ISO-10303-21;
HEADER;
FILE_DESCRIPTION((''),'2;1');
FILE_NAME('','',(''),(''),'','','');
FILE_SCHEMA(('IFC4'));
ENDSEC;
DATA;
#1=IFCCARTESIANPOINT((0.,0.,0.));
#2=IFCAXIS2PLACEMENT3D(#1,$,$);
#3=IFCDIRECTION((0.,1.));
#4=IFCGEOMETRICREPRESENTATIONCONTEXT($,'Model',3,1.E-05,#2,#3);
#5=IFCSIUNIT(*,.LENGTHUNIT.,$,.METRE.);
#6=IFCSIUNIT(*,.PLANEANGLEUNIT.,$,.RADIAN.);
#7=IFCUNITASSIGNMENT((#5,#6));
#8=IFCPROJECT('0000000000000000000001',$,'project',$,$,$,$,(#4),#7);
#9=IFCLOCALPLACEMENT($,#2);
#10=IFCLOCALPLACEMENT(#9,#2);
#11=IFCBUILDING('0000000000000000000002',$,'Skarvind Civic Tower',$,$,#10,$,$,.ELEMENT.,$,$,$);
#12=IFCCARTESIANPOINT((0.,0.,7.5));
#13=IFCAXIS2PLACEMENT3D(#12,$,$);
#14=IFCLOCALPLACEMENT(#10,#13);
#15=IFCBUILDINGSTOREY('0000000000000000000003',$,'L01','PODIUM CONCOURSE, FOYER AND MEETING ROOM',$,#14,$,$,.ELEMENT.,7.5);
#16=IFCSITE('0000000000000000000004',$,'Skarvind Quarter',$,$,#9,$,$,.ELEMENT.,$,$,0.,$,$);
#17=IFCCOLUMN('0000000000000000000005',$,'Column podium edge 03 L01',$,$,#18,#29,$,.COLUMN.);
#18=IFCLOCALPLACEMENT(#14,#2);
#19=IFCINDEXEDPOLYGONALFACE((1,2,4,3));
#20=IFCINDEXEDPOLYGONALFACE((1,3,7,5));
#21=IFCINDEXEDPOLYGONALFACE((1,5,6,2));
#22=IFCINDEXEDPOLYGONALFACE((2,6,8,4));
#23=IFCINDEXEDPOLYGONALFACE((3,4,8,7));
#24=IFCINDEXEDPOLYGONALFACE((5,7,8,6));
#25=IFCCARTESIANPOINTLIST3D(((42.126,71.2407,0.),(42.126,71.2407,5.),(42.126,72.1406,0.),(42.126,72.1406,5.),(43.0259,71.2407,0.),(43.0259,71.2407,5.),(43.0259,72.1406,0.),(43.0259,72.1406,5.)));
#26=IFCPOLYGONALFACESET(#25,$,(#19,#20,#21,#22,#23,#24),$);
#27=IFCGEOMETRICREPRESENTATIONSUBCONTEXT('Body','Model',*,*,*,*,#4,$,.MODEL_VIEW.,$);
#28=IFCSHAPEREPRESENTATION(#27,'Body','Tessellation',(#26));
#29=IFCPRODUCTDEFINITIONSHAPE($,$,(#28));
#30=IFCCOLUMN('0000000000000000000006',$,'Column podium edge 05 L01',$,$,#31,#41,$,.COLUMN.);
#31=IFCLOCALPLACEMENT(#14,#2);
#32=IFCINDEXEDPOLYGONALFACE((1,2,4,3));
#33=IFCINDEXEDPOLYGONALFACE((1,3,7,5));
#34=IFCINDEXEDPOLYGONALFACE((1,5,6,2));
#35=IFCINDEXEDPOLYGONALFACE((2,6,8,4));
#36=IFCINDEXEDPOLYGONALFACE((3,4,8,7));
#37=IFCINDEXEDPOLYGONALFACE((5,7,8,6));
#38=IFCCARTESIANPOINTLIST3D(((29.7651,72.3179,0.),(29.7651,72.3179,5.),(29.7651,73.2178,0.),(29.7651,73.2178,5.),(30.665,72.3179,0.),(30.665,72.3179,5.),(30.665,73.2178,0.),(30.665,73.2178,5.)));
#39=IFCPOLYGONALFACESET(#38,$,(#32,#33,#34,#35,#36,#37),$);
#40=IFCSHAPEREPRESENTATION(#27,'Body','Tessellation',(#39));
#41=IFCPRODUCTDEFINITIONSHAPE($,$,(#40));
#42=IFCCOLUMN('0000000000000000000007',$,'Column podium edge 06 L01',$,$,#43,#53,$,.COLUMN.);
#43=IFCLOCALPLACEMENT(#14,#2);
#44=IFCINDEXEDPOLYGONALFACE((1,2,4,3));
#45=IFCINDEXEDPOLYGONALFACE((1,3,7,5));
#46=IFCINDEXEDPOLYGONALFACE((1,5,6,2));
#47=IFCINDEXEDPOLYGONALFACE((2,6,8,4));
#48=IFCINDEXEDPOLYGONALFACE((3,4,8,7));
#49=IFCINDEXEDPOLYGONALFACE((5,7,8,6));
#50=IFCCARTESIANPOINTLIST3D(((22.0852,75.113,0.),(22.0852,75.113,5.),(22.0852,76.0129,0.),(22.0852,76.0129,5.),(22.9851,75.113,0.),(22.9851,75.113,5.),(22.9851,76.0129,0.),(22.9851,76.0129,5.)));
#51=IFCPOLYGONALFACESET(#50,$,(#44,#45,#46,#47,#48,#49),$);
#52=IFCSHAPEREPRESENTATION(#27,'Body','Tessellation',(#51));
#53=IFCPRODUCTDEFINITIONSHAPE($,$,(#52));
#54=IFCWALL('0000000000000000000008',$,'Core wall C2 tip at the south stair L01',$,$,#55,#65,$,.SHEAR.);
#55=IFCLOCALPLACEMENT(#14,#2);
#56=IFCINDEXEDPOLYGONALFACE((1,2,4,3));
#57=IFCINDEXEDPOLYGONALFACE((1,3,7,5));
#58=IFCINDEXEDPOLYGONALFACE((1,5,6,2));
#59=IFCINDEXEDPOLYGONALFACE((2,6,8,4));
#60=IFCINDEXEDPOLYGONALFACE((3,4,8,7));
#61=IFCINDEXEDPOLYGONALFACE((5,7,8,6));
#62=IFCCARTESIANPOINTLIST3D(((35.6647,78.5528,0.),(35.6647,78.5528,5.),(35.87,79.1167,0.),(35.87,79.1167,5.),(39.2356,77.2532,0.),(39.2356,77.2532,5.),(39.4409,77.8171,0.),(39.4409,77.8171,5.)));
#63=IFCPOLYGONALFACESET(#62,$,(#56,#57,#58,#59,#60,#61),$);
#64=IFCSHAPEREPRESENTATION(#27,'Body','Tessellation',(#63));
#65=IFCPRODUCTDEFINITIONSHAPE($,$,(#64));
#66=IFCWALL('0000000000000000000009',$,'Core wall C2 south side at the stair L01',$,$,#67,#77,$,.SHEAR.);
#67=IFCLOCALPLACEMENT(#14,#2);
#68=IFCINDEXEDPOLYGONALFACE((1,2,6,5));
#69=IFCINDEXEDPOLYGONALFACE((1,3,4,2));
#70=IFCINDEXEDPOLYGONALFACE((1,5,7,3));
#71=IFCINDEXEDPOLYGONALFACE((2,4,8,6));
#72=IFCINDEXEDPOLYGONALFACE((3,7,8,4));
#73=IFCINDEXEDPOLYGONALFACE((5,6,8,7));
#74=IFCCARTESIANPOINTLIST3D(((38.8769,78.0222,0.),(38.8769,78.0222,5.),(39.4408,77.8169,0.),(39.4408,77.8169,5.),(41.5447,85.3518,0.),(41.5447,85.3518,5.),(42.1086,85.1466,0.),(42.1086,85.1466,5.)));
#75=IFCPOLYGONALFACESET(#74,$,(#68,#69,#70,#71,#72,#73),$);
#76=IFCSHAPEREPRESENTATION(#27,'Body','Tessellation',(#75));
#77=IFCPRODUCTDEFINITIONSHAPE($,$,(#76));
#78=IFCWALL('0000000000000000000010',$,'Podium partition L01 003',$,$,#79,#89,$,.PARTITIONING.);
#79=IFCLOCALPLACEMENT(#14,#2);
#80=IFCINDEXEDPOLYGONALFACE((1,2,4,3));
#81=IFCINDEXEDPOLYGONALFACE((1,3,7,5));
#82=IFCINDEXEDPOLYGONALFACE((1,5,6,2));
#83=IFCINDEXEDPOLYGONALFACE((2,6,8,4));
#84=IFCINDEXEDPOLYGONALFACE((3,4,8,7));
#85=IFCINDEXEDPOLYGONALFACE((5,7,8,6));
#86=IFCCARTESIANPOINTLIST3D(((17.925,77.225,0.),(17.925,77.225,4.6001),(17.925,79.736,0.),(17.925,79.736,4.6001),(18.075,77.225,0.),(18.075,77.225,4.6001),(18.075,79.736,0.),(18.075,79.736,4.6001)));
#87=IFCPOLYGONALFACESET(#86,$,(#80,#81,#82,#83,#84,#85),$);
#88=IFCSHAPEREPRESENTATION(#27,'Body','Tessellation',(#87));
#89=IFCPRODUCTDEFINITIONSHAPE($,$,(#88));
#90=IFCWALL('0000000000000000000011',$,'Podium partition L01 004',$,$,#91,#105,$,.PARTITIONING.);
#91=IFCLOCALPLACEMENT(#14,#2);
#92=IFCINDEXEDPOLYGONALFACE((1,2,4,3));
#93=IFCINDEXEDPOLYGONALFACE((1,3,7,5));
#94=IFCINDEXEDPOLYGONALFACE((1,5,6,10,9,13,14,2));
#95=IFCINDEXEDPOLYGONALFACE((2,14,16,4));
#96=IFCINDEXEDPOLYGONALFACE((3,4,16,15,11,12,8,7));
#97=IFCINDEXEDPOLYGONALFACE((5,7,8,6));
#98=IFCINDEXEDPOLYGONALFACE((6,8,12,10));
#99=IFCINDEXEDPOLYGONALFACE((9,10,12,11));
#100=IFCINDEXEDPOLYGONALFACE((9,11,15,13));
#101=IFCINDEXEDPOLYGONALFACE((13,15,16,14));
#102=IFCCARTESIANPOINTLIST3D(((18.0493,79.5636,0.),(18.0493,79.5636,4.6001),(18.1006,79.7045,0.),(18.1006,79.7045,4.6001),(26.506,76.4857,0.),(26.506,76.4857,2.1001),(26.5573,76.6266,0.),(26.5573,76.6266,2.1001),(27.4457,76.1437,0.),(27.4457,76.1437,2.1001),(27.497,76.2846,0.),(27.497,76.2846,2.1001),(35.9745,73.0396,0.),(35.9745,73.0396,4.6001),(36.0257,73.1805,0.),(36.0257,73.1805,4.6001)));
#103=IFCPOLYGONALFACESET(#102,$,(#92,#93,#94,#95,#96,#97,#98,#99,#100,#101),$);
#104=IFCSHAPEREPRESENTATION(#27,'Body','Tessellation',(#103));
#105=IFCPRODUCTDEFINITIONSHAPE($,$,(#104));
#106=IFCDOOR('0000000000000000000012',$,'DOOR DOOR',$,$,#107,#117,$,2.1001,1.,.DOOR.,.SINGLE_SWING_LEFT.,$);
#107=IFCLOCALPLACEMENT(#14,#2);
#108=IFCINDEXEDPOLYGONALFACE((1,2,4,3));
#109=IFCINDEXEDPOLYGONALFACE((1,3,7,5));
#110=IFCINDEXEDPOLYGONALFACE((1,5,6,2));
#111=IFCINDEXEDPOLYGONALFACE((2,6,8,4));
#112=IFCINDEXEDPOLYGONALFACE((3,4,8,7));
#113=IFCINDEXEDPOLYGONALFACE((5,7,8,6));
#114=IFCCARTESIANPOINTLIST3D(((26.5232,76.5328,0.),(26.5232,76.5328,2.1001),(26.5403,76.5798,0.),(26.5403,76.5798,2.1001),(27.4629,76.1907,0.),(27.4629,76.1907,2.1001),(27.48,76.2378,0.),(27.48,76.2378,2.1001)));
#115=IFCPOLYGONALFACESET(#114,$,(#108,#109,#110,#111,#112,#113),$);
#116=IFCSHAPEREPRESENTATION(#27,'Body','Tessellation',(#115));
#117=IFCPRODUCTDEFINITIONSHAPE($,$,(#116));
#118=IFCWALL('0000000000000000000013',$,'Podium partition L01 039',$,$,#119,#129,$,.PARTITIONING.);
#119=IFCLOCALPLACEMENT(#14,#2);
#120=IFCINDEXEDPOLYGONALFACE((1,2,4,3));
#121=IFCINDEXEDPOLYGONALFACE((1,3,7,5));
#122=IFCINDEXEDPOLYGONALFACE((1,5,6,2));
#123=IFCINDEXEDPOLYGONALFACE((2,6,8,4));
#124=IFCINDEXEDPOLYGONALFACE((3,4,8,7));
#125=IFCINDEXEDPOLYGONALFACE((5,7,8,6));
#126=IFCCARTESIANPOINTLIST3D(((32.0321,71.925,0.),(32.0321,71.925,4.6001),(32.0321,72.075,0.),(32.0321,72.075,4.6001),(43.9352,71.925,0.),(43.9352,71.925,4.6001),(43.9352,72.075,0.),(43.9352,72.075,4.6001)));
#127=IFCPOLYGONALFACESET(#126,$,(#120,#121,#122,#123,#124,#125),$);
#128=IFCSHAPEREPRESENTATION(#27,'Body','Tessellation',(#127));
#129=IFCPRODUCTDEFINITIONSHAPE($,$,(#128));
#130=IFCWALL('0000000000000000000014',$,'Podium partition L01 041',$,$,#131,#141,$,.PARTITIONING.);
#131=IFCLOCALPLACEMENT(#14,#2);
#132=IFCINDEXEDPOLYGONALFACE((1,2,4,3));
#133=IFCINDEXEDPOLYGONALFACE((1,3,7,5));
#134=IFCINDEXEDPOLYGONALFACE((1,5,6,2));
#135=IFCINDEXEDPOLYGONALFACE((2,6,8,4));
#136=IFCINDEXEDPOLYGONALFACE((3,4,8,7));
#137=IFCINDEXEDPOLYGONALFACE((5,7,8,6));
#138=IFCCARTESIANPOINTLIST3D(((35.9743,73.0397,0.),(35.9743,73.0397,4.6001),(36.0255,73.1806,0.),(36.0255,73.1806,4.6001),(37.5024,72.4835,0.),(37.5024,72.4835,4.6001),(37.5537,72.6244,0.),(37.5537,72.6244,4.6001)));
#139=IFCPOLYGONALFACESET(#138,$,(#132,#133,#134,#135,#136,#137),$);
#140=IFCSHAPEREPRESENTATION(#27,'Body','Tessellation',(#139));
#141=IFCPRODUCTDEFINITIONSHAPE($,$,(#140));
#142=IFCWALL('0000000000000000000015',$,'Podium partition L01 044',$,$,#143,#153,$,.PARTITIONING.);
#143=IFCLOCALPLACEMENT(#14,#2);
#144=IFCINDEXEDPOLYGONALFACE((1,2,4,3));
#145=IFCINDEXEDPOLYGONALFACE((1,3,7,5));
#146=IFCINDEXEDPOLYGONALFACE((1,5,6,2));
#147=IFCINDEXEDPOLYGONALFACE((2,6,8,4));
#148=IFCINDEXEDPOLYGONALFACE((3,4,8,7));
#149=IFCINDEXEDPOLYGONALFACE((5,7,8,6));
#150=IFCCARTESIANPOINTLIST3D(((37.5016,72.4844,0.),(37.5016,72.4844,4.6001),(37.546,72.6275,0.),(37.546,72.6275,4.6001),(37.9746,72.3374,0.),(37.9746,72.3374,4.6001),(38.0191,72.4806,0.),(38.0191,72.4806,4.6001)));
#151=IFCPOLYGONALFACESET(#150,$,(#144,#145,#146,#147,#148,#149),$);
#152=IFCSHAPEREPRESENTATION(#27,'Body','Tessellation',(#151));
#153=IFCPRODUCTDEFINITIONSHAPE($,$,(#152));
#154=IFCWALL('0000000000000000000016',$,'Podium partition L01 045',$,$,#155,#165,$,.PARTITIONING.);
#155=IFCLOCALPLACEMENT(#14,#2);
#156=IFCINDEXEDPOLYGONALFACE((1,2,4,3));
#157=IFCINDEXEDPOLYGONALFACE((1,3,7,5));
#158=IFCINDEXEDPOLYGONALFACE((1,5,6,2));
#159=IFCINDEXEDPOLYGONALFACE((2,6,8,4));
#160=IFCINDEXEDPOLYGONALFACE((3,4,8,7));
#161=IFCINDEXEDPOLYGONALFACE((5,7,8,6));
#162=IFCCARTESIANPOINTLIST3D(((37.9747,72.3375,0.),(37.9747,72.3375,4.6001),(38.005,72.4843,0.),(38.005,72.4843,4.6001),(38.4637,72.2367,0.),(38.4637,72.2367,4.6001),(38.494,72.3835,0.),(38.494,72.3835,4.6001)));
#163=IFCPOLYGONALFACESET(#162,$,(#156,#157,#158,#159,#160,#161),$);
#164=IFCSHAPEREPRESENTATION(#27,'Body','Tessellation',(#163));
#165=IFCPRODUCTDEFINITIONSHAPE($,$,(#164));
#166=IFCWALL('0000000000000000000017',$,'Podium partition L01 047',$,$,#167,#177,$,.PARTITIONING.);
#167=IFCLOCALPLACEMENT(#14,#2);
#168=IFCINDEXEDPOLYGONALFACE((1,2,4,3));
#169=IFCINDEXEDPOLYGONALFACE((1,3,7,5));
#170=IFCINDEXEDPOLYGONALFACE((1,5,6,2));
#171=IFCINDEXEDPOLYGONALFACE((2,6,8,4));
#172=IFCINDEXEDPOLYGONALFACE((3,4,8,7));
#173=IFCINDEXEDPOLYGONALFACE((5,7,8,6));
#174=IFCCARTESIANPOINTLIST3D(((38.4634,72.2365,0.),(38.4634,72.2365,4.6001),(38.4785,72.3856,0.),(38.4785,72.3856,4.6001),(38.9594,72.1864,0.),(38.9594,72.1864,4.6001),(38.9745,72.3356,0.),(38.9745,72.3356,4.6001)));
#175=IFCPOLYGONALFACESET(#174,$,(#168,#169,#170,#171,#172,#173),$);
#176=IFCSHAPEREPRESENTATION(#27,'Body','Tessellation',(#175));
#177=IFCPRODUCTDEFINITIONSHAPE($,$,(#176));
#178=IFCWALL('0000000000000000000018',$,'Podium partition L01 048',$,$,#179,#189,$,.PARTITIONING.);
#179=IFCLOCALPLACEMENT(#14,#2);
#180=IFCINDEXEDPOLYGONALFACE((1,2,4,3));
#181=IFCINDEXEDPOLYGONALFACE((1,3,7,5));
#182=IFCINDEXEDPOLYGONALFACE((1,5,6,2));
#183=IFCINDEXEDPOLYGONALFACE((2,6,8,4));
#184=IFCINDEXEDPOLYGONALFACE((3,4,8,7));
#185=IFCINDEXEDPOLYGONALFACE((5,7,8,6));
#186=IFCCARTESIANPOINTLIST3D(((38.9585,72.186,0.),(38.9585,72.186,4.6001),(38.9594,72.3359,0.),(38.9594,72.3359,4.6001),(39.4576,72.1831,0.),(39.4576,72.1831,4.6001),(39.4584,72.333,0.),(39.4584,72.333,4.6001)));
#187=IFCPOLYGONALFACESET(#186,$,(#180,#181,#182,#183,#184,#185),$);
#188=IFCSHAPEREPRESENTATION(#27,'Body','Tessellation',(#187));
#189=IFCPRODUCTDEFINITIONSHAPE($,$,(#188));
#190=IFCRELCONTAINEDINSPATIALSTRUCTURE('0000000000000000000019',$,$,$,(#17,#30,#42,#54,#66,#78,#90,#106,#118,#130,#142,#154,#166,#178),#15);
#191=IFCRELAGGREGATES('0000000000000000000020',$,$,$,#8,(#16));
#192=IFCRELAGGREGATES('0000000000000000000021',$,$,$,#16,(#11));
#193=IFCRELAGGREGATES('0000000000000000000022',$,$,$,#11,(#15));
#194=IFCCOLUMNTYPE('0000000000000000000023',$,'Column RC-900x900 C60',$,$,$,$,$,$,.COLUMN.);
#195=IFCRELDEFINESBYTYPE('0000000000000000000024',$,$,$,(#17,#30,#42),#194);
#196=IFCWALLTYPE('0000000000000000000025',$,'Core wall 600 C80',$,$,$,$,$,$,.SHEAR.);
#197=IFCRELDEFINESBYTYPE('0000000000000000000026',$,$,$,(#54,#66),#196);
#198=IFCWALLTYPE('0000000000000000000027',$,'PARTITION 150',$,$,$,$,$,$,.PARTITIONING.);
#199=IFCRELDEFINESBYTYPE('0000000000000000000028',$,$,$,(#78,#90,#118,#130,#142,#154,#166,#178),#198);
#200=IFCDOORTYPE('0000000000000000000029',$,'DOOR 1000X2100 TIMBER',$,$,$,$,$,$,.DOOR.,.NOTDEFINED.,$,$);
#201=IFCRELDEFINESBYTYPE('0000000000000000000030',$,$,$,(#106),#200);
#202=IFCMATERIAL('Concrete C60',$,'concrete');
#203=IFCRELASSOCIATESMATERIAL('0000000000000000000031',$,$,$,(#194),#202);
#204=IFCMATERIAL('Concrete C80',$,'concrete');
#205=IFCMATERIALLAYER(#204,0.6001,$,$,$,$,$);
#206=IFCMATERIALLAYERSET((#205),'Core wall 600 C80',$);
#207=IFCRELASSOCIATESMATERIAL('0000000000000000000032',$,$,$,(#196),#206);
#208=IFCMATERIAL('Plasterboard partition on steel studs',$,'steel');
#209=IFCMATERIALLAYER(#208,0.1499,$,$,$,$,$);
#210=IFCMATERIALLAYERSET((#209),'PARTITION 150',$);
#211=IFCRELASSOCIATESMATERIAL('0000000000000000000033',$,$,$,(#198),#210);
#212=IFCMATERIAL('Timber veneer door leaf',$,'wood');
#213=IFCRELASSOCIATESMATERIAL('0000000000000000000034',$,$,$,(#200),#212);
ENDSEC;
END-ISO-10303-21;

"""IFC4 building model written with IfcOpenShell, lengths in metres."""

from ifc_helpers import new_model, si_unit, direction, frame, frame_2d, origin, origin_2d, place, context, subcontext, project, spatial, rectangle, extrude, material, layer, layer_set, material_profile, profile_set, type_object, element, fill, save


model = new_model("IFC4")

# Units and contexts
model_context = context("Model", 3, precision=1e-05, world=origin(), true_north=direction((0.0, 1.0)))
body_context = subcontext(model_context, "Body", "Model", "MODEL_VIEW")
ifc_project = project(units=[si_unit("LENGTHUNIT", "METRE"), si_unit("PLANEANGLEUNIT", "RADIAN")], contexts=[model_context])

# Site, building, storey
site_placement = place(None, origin())
site = spatial("IfcSite", under=ifc_project, at=site_placement, Name="Skarvind Quarter", CompositionType="ELEMENT", RefElevation=0.0)
building_placement = place(site_placement, origin())
building = spatial("IfcBuilding", under=site, at=building_placement, Name="Skarvind Civic Tower", CompositionType="ELEMENT")
storey_placement = place(building_placement, frame((0.0, 0.0, 7.5)))
storey = spatial("IfcBuildingStorey", under=building, at=storey_placement, Name="L01", Description="PODIUM CONCOURSE, FOYER AND MEETING ROOM", CompositionType="ELEMENT", Elevation=7.5)

# Columns
ifc_material_1 = material(Name="Concrete C60", Category="concrete")
ifc_material_profile = material_profile(ifc_material_1, rectangle(XDim=0.8999, YDim=0.8999, at=origin_2d()), Name="RC-900x900")
ifc_profile_set = profile_set([ifc_material_profile], Name="Concrete C60")
column_type = type_object("IfcColumnType", Name="Column RC-900x900 C60", PredefinedType="COLUMN", material=ifc_profile_set)
for number, where, z_axis, x_axis, name in (
    (1, (42.5759, 71.6907, 0.0), (0.0, 0.0, 1.0), (1.0, 0.0, 0.0), "Column podium edge 03 L01"),
    (2, (30.2151, 72.7678, 0.0), (0.0, 0.0, 1.0), (1.0, 0.0, 0.0), "Column podium edge 05 L01"),
    (3, (22.5352, 75.563, 0.0), (0.0, 0.0, 1.0), (1.0, 0.0, 0.0), "Column podium edge 06 L01"),
):
    element("IfcColumn", number, at=place(storey_placement, frame(where, z_axis=z_axis, x_axis=x_axis)), inside=storey, type_object=column_type, Name=name, PredefinedType="COLUMN", context=body_context, shape_type="SweptSolid", body=[
        extrude(rectangle(XDim=0.8999, YDim=0.8999, at=origin_2d()), origin(), (0.0, 0.0, 1.0), 5.0),
    ])

# Walls
ifc_material_2 = material(Name="Concrete C80", Category="concrete")
ifc_layer_1 = layer(ifc_material_2, 0.6001)
ifc_layer_set_1 = layer_set([ifc_layer_1], Name="Core wall 600 C80")
wall_type_1 = type_object("IfcWallType", Name="Core wall 600 C80", PredefinedType="SHEAR", material=ifc_layer_set_1)
wall_1_placement = place(storey_placement, frame((39.3381, 77.5352, 0.0), z_axis=(0.0, 0.0, 1.0), x_axis=(-0.939701, 0.341996, 0.0)))
element("IfcWall", 4, at=wall_1_placement, inside=storey, type_object=wall_type_1, Name="Core wall C2 tip at the south stair L01", PredefinedType="SHEAR", context=body_context, shape_type="SweptSolid", body=[
    extrude(rectangle(XDim=3.8, YDim=0.6001, at=frame_2d((1.8999, 0.0))), origin(), (0.0, 0.0, 1.0), 5.0),
])
wall_2_placement = place(storey_placement, frame((39.1589, 77.9197, 0.0), z_axis=(0.0, 0.0, 1.0), x_axis=(0.342017, 0.939694, 0.0)))
element("IfcWall", 5, at=wall_2_placement, inside=storey, type_object=wall_type_1, Name="Core wall C2 south side at the stair L01", PredefinedType="SHEAR", context=body_context, shape_type="SweptSolid", body=[
    extrude(rectangle(XDim=7.8, YDim=0.6001, at=frame_2d((3.8999, 0.0))), origin(), (0.0, 0.0, 1.0), 5.0),
])
ifc_material_3 = material(Name="Plasterboard partition on steel studs", Category="steel")
ifc_layer_2 = layer(ifc_material_3, 0.1499)
ifc_layer_set_2 = layer_set([ifc_layer_2], Name="PARTITION 150")
wall_type_2 = type_object("IfcWallType", Name="PARTITION 150", PredefinedType="PARTITIONING", material=ifc_layer_set_2)
wall_3_placement = place(storey_placement, frame((18.0, 77.2251, 0.0), z_axis=(0.0, 0.0, 1.0), x_axis=(0.0, 1.0, 0.0)))
element("IfcWall", 6, at=wall_3_placement, inside=storey, type_object=wall_type_2, Name="Podium partition L01 003", PredefinedType="PARTITIONING", context=body_context, shape_type="SweptSolid", body=[
    extrude(rectangle(XDim=2.511, YDim=0.1499, at=frame_2d((1.2554, 0.0))), origin(), (0.0, 0.0, 1.0), 4.6001),
])

# Wall, opening, door
wall_4_placement = place(storey_placement, frame((36.0, 73.1101, 0.0), z_axis=(0.0, 0.0, 1.0), x_axis=(-0.939697, 0.342008, 0.0)))
wall_4 = element("IfcWall", 7, at=wall_4_placement, inside=storey, type_object=wall_type_2, Name="Podium partition L01 004", PredefinedType="PARTITIONING", context=body_context, shape_type="SweptSolid", body=[
    extrude(rectangle(XDim=19.0754, YDim=0.1499, at=frame_2d((9.5376, 0.0))), origin(), (0.0, 0.0, 1.0), 4.6001),
])
opening_1_placement = place(wall_4_placement, frame((9.0759, 0.0, 0.0)))
opening_1 = element("IfcOpeningElement", 8, at=opening_1_placement, cuts=wall_4, PredefinedType="OPENING", context=body_context, shape_type="SweptSolid", body=[
    extrude(rectangle(XDim=1.0, YDim=2.1001, at=frame_2d((0.5, 1.05))), frame((0.0, 0.085, 0.0), z_axis=(0.0, -1.0, 0.0), x_axis=(1.0, 0.0, 0.0)), (0.0, 0.0, 1.0), 0.1699),
])
ifc_material_4 = material(Name="Timber veneer door leaf", Category="wood")
door_type = type_object("IfcDoorType", Name="DOOR 1000X2100 TIMBER", OperationType="NOTDEFINED", PredefinedType="DOOR", material=ifc_material_4)
door_placement = place(opening_1_placement, origin())
door = element("IfcDoor", 9, at=door_placement, inside=storey, type_object=door_type, Name="DOOR DOOR", OperationType="SINGLE_SWING_LEFT", OverallHeight=2.1001, OverallWidth=1.0, PredefinedType="DOOR", context=body_context, shape_type="SweptSolid", body=[
    extrude(rectangle(XDim=1.0, YDim=2.1001, at=frame_2d((0.5, 1.05))), frame((0.0, 0.0249, 0.0), z_axis=(0.0, -1.0, 0.0), x_axis=(1.0, 0.0, 0.0)), (0.0, 0.0, 1.0), 0.05),
])
fill(opening_1, door)

# Walls
wall_5_placement = place(storey_placement, frame((32.032, 72.0, 0.0), z_axis=(0.0, 0.0, 1.0), x_axis=(1.0, 0.0, 0.0)))
element("IfcWall", 10, at=wall_5_placement, inside=storey, type_object=wall_type_2, Name="Podium partition L01 039", PredefinedType="PARTITIONING", context=body_context, shape_type="SweptSolid", body=[
    extrude(rectangle(XDim=11.9031, YDim=0.1499, at=frame_2d((5.9517, 0.0))), origin(), (0.0, 0.0, 1.0), 4.6001),
])
wall_6_placement = place(storey_placement, frame((36.0, 73.1101, 0.0), z_axis=(0.0, 0.0, 1.0), x_axis=(0.939697, -0.342008, 0.0)))
element("IfcWall", 11, at=wall_6_placement, inside=storey, type_object=wall_type_2, Name="Podium partition L01 041", PredefinedType="PARTITIONING", context=body_context, shape_type="SweptSolid", body=[
    extrude(rectangle(XDim=1.6262, YDim=0.1499, at=frame_2d((0.813, 0.0))), origin(), (0.0, 0.0, 1.0), 4.6001),
])
wall_7_placement = place(storey_placement, frame((37.5239, 72.5559, 0.0), z_axis=(0.0, 0.0, 1.0), x_axis=(0.954987, -0.296647, 0.0)))
element("IfcWall", 12, at=wall_7_placement, inside=storey, type_object=wall_type_2, Name="Podium partition L01 044", PredefinedType="PARTITIONING", context=body_context, shape_type="SweptSolid", body=[
    extrude(rectangle(XDim=0.4954, YDim=0.1499, at=frame_2d((0.2476, 0.0))), origin(), (0.0, 0.0, 1.0), 4.6001),
])
wall_8_placement = place(storey_placement, frame((37.99, 72.4109, 0.0), z_axis=(0.0, 0.0, 1.0), x_axis=(0.979397, -0.201943, 0.0)))
element("IfcWall", 13, at=wall_8_placement, inside=storey, type_object=wall_type_2, Name="Podium partition L01 045", PredefinedType="PARTITIONING", context=body_context, shape_type="SweptSolid", body=[
    extrude(rectangle(XDim=0.4993, YDim=0.1499, at=frame_2d((0.2495, 0.0))), origin(), (0.0, 0.0, 1.0), 4.6001),
])
wall_9_placement = place(storey_placement, frame((38.4709, 72.311, 0.0), z_axis=(0.0, 0.0, 1.0), x_axis=(0.99495, -0.100376, 0.0)))
element("IfcWall", 14, at=wall_9_placement, inside=storey, type_object=wall_type_2, Name="Podium partition L01 047", PredefinedType="PARTITIONING", context=body_context, shape_type="SweptSolid", body=[
    extrude(rectangle(XDim=0.4985, YDim=0.1499, at=frame_2d((0.2493, 0.0))), origin(), (0.0, 0.0, 1.0), 4.6001),
])
wall_10_placement = place(storey_placement, frame((38.959, 72.261, 0.0), z_axis=(0.0, 0.0, 1.0), x_axis=(0.999983, -0.005871, 0.0)))
element("IfcWall", 15, at=wall_10_placement, inside=storey, type_object=wall_type_2, Name="Podium partition L01 048", PredefinedType="PARTITIONING", context=body_context, shape_type="SweptSolid", body=[
    extrude(rectangle(XDim=0.499, YDim=0.1499, at=frame_2d((0.2495, 0.0))), origin(), (0.0, 0.0, 1.0), 4.6001),
])

save(model, "model.ifc")
